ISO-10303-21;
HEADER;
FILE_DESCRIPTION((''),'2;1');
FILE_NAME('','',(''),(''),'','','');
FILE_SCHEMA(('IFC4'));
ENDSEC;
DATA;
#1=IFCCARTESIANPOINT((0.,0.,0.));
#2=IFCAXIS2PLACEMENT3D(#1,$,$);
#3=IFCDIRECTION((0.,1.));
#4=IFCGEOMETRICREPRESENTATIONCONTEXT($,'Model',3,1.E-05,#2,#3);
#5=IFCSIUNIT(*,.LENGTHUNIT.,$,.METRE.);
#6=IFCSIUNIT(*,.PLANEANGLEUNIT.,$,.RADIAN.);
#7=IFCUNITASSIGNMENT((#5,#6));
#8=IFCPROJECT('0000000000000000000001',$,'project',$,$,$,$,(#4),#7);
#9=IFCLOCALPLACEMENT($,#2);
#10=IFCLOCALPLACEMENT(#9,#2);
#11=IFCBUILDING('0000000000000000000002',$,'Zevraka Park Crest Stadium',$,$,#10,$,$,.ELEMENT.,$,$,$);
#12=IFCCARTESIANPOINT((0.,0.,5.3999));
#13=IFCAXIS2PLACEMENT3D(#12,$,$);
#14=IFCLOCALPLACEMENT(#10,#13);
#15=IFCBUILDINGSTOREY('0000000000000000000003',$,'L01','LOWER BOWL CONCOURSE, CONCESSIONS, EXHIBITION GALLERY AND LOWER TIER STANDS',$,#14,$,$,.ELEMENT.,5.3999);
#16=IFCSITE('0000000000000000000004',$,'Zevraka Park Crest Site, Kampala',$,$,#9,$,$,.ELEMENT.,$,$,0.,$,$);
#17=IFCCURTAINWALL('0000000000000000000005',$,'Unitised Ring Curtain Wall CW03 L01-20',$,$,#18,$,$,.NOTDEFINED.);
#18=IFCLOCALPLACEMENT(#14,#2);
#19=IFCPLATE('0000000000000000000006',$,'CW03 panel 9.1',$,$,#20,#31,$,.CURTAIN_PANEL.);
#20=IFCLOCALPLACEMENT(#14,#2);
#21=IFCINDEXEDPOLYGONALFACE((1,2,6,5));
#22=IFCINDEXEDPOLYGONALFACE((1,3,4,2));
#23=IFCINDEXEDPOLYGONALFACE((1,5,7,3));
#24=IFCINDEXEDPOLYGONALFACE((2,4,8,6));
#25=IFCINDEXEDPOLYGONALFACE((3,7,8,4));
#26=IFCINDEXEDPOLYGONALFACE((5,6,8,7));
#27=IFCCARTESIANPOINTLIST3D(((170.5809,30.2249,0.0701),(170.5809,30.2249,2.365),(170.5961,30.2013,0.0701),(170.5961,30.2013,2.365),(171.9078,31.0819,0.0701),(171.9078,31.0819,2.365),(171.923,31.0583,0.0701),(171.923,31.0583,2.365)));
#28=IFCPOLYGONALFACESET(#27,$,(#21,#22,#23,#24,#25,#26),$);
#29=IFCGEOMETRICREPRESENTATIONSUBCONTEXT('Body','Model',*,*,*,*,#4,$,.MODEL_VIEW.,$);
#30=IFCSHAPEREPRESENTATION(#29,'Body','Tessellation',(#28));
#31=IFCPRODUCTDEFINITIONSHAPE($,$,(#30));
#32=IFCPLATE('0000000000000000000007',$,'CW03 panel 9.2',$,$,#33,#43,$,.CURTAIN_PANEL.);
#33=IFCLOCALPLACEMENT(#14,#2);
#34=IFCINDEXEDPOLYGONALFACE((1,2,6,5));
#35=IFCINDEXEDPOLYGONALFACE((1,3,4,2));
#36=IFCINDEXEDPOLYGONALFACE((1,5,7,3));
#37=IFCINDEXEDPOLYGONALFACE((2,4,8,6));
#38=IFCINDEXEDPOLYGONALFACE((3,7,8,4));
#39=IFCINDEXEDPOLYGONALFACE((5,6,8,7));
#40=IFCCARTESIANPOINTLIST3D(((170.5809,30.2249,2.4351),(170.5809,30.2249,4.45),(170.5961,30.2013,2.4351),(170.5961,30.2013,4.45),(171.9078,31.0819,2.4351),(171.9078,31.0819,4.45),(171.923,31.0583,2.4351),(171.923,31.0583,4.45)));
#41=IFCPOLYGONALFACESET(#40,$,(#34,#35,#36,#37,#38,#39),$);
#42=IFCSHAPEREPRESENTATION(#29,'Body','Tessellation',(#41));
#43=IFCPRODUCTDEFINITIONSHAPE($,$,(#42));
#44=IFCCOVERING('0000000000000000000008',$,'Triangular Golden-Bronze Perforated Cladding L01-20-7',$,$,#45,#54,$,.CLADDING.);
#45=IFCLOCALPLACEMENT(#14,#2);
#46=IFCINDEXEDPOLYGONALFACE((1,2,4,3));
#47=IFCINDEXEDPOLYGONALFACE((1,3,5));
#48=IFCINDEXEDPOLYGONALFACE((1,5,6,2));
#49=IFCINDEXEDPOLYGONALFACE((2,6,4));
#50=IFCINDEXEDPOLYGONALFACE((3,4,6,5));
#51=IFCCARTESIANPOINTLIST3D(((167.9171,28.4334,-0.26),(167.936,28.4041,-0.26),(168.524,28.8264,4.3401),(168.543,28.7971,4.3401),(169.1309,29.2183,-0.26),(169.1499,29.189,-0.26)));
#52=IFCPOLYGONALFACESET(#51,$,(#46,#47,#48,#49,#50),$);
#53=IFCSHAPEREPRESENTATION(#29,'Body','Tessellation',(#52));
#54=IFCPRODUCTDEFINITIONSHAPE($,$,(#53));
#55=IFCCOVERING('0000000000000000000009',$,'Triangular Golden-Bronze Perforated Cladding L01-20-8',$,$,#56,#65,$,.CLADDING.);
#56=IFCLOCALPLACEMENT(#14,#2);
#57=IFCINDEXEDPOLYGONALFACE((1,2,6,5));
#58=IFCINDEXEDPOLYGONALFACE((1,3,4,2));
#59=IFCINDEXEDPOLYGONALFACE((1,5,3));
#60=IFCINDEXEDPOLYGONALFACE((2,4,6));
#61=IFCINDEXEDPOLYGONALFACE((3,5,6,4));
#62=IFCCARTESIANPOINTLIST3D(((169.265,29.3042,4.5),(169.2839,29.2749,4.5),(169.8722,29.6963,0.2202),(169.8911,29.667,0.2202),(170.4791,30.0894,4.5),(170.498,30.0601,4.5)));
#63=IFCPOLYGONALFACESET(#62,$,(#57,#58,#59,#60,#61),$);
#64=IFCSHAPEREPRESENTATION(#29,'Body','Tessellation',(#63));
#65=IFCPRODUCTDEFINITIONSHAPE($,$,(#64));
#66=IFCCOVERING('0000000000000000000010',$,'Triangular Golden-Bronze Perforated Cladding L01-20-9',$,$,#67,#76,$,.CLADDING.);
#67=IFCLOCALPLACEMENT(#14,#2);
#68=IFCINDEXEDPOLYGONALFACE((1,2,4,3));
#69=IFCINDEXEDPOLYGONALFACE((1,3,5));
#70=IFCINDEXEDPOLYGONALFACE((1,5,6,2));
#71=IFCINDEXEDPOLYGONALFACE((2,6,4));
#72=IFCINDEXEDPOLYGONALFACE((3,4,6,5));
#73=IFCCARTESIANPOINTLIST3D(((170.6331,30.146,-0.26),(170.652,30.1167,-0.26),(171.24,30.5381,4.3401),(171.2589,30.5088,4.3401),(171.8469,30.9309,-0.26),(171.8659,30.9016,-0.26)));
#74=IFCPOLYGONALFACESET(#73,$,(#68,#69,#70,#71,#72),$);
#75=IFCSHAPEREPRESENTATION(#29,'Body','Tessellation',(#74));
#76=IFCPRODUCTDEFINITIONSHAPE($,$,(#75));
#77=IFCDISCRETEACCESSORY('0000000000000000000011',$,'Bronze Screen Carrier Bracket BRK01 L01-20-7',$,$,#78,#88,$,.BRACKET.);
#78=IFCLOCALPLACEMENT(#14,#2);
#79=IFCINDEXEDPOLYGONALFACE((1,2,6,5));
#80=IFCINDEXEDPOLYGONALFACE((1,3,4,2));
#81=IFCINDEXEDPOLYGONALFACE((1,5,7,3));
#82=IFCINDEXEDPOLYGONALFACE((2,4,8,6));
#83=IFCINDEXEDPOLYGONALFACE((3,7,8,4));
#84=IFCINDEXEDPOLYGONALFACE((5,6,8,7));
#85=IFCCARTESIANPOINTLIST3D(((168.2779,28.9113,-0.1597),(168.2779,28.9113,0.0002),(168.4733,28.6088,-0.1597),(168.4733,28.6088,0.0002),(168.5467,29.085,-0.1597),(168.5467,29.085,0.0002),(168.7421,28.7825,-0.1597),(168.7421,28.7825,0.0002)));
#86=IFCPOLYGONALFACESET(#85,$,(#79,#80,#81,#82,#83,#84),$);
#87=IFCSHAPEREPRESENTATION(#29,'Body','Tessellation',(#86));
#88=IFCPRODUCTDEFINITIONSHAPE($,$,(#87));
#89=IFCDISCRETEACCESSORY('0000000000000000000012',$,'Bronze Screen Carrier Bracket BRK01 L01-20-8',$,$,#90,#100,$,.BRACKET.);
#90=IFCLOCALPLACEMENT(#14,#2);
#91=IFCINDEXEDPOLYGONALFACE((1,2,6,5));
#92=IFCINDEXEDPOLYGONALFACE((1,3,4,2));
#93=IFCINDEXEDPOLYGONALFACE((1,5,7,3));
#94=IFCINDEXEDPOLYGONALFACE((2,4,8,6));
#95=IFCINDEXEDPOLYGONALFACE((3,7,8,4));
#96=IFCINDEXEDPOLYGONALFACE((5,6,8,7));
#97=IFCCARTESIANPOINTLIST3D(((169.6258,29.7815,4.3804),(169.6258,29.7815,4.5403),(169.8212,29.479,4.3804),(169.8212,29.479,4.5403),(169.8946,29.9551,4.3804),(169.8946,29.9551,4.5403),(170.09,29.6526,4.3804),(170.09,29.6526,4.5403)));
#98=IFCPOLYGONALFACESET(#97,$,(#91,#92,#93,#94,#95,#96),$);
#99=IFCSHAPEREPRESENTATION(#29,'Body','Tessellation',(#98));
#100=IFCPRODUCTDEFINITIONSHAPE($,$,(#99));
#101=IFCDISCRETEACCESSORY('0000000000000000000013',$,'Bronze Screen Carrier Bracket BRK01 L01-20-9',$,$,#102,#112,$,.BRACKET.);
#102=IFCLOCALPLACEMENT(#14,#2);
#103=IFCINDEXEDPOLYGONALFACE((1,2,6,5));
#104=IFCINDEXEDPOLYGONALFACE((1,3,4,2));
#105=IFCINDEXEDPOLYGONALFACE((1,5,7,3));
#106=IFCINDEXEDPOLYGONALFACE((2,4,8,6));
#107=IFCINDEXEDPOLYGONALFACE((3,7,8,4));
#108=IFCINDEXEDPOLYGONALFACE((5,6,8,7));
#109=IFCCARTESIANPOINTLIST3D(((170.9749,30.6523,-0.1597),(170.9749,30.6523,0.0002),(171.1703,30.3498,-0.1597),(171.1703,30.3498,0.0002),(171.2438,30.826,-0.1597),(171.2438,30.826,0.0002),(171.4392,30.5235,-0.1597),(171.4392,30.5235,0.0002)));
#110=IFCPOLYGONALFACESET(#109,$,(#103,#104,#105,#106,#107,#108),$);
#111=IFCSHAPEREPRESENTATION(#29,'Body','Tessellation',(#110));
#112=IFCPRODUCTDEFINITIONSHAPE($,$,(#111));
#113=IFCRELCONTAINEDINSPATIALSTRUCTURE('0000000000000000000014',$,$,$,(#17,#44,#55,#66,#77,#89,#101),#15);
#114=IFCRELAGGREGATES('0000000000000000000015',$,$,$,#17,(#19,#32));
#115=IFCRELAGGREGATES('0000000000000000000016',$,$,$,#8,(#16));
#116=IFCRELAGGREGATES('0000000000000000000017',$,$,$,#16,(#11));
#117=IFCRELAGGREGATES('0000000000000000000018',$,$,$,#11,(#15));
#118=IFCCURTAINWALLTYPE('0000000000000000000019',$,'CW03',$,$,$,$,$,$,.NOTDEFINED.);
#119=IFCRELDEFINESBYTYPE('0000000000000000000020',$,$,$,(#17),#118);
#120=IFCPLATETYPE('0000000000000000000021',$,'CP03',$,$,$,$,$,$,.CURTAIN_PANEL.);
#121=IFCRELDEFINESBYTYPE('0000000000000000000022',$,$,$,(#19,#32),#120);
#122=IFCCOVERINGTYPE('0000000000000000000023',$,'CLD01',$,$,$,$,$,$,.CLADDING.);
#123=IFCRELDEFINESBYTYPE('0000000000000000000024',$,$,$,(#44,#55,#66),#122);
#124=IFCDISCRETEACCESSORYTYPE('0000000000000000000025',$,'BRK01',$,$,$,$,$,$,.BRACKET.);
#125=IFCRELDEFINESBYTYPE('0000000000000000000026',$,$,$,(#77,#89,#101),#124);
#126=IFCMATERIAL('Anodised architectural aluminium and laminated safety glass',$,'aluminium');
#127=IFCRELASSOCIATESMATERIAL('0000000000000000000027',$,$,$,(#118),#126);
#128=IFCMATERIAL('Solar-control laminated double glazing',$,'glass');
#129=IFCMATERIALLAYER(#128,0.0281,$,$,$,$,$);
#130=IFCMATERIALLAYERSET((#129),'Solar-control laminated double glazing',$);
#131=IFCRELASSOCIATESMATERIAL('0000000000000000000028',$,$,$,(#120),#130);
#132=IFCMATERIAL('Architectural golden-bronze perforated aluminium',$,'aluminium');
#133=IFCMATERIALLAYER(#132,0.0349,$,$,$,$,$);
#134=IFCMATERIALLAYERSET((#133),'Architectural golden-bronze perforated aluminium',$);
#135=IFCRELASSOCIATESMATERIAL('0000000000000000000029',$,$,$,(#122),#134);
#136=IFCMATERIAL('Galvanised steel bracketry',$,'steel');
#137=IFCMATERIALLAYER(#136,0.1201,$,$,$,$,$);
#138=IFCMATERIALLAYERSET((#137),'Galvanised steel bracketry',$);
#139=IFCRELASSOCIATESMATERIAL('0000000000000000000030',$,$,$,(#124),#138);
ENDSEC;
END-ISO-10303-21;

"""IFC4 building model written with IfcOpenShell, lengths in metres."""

from ifc_helpers import new_model, si_unit, direction, frame, origin, origin_2d, place, context, subcontext, project, spatial, polyline, rectangle, outline, extrude, material, layer, layer_set, type_object, element, aggregate, save


model = new_model("IFC4")

# Units and contexts
model_context = context("Model", 3, precision=1e-05, world=origin(), true_north=direction((0.0, 1.0)))
body_context = subcontext(model_context, "Body", "Model", "MODEL_VIEW")
ifc_project = project(units=[si_unit("LENGTHUNIT", "METRE"), si_unit("PLANEANGLEUNIT", "RADIAN")], contexts=[model_context])

# Site, building, storey
site_placement = place(None, origin())
site = spatial("IfcSite", under=ifc_project, at=site_placement, Name="Zevraka Park Crest Site, Kampala", CompositionType="ELEMENT", RefElevation=0.0)
building_placement = place(site_placement, origin())
building = spatial("IfcBuilding", under=site, at=building_placement, Name="Zevraka Park Crest Stadium", CompositionType="ELEMENT")
storey_placement = place(building_placement, frame((0.0, 0.0, 5.3999)))
storey = spatial("IfcBuildingStorey", under=building, at=storey_placement, Name="L01", Description="LOWER BOWL CONCOURSE, CONCESSIONS, EXHIBITION GALLERY AND LOWER TIER STANDS", CompositionType="ELEMENT", Elevation=5.3999)

# Curtain wall, plates
ifc_material_1 = material(Name="Anodised architectural aluminium and laminated safety glass", Category="aluminium")
curtain_wall_type = type_object("IfcCurtainWallType", Name="CW03", PredefinedType="NOTDEFINED", material=ifc_material_1)
curtain_wall_placement = place(storey_placement, origin())
curtain_wall = element("IfcCurtainWall", 1, at=curtain_wall_placement, inside=storey, type_object=curtain_wall_type, Name="Unitised Ring Curtain Wall CW03 L01-20", PredefinedType="NOTDEFINED")
ifc_material_2 = material(Name="Solar-control laminated double glazing", Category="glass")
ifc_layer_1 = layer(ifc_material_2, 0.0281)
ifc_layer_set_1 = layer_set([ifc_layer_1], Name="Solar-control laminated double glazing")
plate_type = type_object("IfcPlateType", Name="CP03", PredefinedType="CURTAIN_PANEL", material=ifc_layer_set_1)
plate_1_placement = place(storey_placement, frame((171.252, 30.6416, 0.0701), z_axis=(0.0, 0.0, 1.0), x_axis=(0.84001, 0.542571, 0.0)))
plate_1 = element("IfcPlate", 2, at=plate_1_placement, type_object=plate_type, Name="CW03 panel 9.1", PredefinedType="CURTAIN_PANEL", context=body_context, shape_type="SweptSolid", body=[
    extrude(rectangle(XDim=1.5796, YDim=0.0281, at=origin_2d()), origin(), (0.0, 0.0, 1.0), 2.2949),
])
plate_2_placement = place(storey_placement, frame((171.252, 30.6416, 2.4351), z_axis=(0.0, 0.0, 1.0), x_axis=(0.84001, 0.542571, 0.0)))
plate_2 = element("IfcPlate", 3, at=plate_2_placement, type_object=plate_type, Name="CW03 panel 9.2", PredefinedType="CURTAIN_PANEL", context=body_context, shape_type="SweptSolid", body=[
    extrude(rectangle(XDim=1.5796, YDim=0.0281, at=origin_2d()), origin(), (0.0, 0.0, 1.0), 2.0149),
])
aggregate(curtain_wall, [plate_1, plate_2])

# Coverings
ifc_material_3 = material(Name="Architectural golden-bronze perforated aluminium", Category="aluminium")
ifc_layer_2 = layer(ifc_material_3, 0.0349)
ifc_layer_set_2 = layer_set([ifc_layer_2], Name="Architectural golden-bronze perforated aluminium")
covering_type = type_object("IfcCoveringType", Name="CLD01", PredefinedType="CLADDING", material=ifc_layer_set_2)
covering_1_placement = place(storey_placement, frame((167.936, 28.4041, -0.26), z_axis=(0.542992, -0.839738, 0.000111), x_axis=(0.839738, 0.542992, 0.0)))
element("IfcCovering", 4, at=covering_1_placement, inside=storey, type_object=covering_type, Name="Triangular Golden-Bronze Perforated Cladding L01-20-7", PredefinedType="CLADDING", context=body_context, shape_type="SweptSolid", body=[
    extrude(outline(polyline([(0.0, 0.0), (1.4455, 0.0), (0.7231, 4.6001), (0.0, 0.0)])), origin(), (0.0, 0.0, -1.0), 0.0349),
])
covering_2_placement = place(storey_placement, frame((170.498, 30.0601, 4.5), z_axis=(0.543034, -0.839711, 0.000111), x_axis=(-0.839711, -0.543034, 0.0)))
element("IfcCovering", 5, at=covering_2_placement, inside=storey, type_object=covering_type, Name="Triangular Golden-Bronze Perforated Cladding L01-20-8", PredefinedType="CLADDING", context=body_context, shape_type="SweptSolid", body=[
    extrude(outline(polyline([(0.0, 0.0), (1.4459, 0.0), (0.7231, 4.2798), (0.0, 0.0)])), origin(), (0.0, 0.0, -1.0), 0.0349),
])
covering_3_placement = place(storey_placement, frame((170.6331, 30.146, -0.26), z_axis=(-0.542992, 0.839738, 0.000067), x_axis=(0.839738, 0.542992, 0.0)))
element("IfcCovering", 6, at=covering_3_placement, inside=storey, type_object=covering_type, Name="Triangular Golden-Bronze Perforated Cladding L01-20-9", PredefinedType="CLADDING", context=body_context, shape_type="SweptSolid", body=[
    extrude(outline(polyline([(0.0, 0.0), (1.4455, 0.0), (0.7226, -4.6001), (0.0, 0.0)])), origin(), (0.0, 0.0, -1.0), 0.0349),
])

# Discrete accessories
ifc_material_4 = material(Name="Galvanised steel bracketry", Category="steel")
ifc_layer_3 = layer(ifc_material_4, 0.1201)
ifc_layer_set_3 = layer_set([ifc_layer_3], Name="Galvanised steel bracketry")
discrete_accessory_type = type_object("IfcDiscreteAccessoryType", Name="BRK01", PredefinedType="BRACKET", material=ifc_layer_set_3)
for number, where, z_axis, x_axis, name in (
    (7, (168.51, 28.8469, -0.1597), (0.0, 0.0, 1.0), (0.839999, 0.542588, 0.0), "Bronze Screen Carrier Bracket BRK01 L01-20-7"),
    (8, (169.8579, 29.717, 4.3804), (0.0, 0.0, 1.0), (0.839999, 0.542588, 0.0), "Bronze Screen Carrier Bracket BRK01 L01-20-8"),
    (9, (171.207, 30.5879, -0.1597), (0.0, 0.0, 1.0), (0.839999, 0.542588, 0.0), "Bronze Screen Carrier Bracket BRK01 L01-20-9"),
):
    element("IfcDiscreteAccessory", number, at=place(storey_placement, frame(where, z_axis=z_axis, x_axis=x_axis)), inside=storey, type_object=discrete_accessory_type, Name=name, PredefinedType="BRACKET", context=body_context, shape_type="SweptSolid", body=[
        extrude(rectangle(XDim=0.3201, YDim=0.3601, at=origin_2d()), origin(), (0.0, 0.0, 1.0), 0.1599),
    ])

save(model, "model.ifc")
